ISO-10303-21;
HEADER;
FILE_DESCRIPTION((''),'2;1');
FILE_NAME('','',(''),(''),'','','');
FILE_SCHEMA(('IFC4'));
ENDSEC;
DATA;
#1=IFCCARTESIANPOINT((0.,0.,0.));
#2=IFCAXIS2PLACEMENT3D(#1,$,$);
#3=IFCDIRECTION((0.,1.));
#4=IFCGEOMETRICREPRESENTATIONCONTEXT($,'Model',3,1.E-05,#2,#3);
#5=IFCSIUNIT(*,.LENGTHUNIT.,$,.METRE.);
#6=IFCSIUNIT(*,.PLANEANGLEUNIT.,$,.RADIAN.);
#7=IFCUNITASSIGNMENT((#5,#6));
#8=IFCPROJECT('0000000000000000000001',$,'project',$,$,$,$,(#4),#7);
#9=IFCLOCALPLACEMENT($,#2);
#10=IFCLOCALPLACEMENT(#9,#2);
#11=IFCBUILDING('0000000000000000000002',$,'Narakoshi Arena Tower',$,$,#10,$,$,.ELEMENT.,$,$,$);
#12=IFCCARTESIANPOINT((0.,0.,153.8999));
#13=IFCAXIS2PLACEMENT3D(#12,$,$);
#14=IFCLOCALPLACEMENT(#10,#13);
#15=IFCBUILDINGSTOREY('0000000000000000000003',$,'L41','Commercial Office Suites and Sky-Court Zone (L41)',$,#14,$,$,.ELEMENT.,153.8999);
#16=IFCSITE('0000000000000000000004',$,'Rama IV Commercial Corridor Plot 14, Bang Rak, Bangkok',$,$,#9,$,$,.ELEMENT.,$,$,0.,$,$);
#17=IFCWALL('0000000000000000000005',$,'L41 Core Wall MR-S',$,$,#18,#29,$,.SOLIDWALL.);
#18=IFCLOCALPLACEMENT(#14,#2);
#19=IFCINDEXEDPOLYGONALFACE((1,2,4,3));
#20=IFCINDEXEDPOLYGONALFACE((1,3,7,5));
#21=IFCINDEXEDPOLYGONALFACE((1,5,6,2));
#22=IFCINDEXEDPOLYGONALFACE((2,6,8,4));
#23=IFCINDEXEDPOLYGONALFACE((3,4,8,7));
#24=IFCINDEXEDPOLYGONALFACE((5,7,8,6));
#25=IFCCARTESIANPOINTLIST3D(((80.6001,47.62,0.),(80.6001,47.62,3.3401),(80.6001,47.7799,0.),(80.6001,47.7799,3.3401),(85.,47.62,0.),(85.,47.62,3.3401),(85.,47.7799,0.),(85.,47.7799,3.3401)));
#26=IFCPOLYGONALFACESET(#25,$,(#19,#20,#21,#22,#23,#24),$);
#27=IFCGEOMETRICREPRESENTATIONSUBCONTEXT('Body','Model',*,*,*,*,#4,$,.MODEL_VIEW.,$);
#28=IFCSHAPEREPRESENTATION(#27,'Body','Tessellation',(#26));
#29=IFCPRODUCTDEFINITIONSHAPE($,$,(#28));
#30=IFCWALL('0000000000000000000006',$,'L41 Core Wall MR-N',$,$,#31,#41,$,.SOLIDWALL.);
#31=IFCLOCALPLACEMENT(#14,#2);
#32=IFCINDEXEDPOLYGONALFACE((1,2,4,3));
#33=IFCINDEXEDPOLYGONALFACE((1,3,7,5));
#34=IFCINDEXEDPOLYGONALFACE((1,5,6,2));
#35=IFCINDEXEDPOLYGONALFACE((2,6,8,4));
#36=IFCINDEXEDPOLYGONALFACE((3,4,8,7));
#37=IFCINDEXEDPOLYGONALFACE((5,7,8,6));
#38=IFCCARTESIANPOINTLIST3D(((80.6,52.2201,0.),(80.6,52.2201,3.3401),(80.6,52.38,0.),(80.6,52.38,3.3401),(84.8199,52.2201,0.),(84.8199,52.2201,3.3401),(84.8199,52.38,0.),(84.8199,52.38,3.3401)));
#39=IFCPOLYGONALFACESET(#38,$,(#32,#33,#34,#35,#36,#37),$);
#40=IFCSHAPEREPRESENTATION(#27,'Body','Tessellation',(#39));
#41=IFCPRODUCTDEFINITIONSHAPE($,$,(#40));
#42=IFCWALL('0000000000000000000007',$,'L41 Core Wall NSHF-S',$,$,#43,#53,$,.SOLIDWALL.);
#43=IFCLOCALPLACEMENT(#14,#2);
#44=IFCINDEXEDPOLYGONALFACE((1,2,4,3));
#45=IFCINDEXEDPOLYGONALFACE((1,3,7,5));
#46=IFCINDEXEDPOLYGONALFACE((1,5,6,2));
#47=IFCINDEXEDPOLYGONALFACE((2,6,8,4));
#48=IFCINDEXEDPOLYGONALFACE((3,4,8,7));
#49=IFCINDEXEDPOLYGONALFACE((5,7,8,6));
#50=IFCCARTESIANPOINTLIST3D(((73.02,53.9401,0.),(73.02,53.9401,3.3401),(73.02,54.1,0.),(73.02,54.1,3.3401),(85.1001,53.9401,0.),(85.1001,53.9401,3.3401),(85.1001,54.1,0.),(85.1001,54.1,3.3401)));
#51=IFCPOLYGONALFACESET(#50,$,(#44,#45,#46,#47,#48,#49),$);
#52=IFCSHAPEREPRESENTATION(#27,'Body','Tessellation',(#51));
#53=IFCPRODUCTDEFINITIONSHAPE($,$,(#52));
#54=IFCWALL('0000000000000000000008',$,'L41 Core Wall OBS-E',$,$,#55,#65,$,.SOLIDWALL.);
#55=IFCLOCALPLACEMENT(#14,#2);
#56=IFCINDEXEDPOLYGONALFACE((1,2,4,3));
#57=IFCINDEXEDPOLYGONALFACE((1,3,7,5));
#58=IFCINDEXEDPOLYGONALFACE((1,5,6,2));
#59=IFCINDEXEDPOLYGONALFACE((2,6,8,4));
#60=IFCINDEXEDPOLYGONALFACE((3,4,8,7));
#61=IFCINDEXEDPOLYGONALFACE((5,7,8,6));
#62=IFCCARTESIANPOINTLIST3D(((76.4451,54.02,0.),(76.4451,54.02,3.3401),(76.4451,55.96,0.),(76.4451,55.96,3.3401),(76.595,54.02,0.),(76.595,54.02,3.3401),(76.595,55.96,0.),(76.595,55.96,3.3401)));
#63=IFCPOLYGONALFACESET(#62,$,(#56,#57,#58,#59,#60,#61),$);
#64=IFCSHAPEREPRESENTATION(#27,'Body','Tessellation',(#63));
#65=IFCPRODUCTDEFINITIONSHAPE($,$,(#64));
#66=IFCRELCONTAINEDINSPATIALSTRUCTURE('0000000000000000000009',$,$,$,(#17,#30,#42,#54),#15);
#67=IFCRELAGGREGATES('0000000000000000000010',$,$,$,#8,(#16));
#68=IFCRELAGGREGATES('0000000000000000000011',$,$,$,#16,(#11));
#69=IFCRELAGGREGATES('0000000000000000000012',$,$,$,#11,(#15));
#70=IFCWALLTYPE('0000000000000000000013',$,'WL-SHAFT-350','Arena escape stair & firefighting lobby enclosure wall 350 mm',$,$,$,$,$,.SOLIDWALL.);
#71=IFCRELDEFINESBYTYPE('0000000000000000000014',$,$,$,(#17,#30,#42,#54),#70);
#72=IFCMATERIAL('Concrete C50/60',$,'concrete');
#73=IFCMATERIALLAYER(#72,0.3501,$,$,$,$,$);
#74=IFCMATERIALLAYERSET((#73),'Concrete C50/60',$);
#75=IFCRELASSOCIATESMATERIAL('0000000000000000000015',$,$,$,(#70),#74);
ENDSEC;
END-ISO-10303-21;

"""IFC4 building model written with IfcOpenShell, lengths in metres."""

from ifc_helpers import new_model, si_unit, direction, frame, frame_2d, origin, place, context, subcontext, project, spatial, rectangle, extrude, material, layer, layer_set, type_object, element, save


model = new_model("IFC4")

# Units and contexts
model_context = context("Model", 3, precision=1e-05, world=origin(), true_north=direction((0.0, 1.0)))
body_context = subcontext(model_context, "Body", "Model", "MODEL_VIEW")
ifc_project = project(units=[si_unit("LENGTHUNIT", "METRE"), si_unit("PLANEANGLEUNIT", "RADIAN")], contexts=[model_context])

# Site, building, storey
site_placement = place(None, origin())
site = spatial("IfcSite", under=ifc_project, at=site_placement, Name="Rama IV Commercial Corridor Plot 14, Bang Rak, Bangkok", CompositionType="ELEMENT", RefElevation=0.0)
building_placement = place(site_placement, origin())
building = spatial("IfcBuilding", under=site, at=building_placement, Name="Narakoshi Arena Tower", CompositionType="ELEMENT")
storey_placement = place(building_placement, frame((0.0, 0.0, 153.8999)))
storey = spatial("IfcBuildingStorey", under=building, at=storey_placement, Name="L41", Description="Commercial Office Suites and Sky-Court Zone (L41)", CompositionType="ELEMENT", Elevation=153.8999)

# Shared definitions
ifc_material_1 = material(Name="Concrete C50/60", Category="concrete")
ifc_layer_1 = layer(ifc_material_1, 0.3501)
ifc_layer_set_1 = layer_set([ifc_layer_1], Name="Concrete C50/60")
wall_type_1 = type_object("IfcWallType", Name="WL-SHAFT-350", Description="Arena escape stair & firefighting lobby enclosure wall 350 mm", PredefinedType="SOLIDWALL", material=ifc_layer_set_1)

# Walls
wall_1_placement = place(storey_placement, frame((80.6001, 47.7, 0.0), z_axis=(0.0, 0.0, 1.0), x_axis=(1.0, 0.0, 0.0)))
element("IfcWall", 1, at=wall_1_placement, inside=storey, type_object=wall_type_1, Name="L41 Core Wall MR-S", PredefinedType="SOLIDWALL", context=body_context, shape_type="SweptSolid", body=[
    extrude(rectangle(XDim=4.3999, YDim=0.1599, at=frame_2d((2.2, 0.0))), origin(), (0.0, 0.0, 1.0), 3.3401),
])
wall_2_placement = place(storey_placement, frame((80.6001, 52.3, 0.0), z_axis=(0.0, 0.0, 1.0), x_axis=(1.0, 0.0, 0.0)))
element("IfcWall", 2, at=wall_2_placement, inside=storey, type_object=wall_type_1, Name="L41 Core Wall MR-N", PredefinedType="SOLIDWALL", context=body_context, shape_type="SweptSolid", body=[
    extrude(rectangle(XDim=4.22, YDim=0.1599, at=frame_2d((2.1099, 0.0))), origin(), (0.0, 0.0, 1.0), 3.3401),
])
wall_3_placement = place(storey_placement, frame((73.02, 54.02, 0.0), z_axis=(0.0, 0.0, 1.0), x_axis=(1.0, 0.0, 0.0)))
element("IfcWall", 3, at=wall_3_placement, inside=storey, type_object=wall_type_1, Name="L41 Core Wall NSHF-S", PredefinedType="SOLIDWALL", context=body_context, shape_type="SweptSolid", body=[
    extrude(rectangle(XDim=12.0801, YDim=0.1599, at=frame_2d((6.04, 0.0))), origin(), (0.0, 0.0, 1.0), 3.3401),
])
wall_4_placement = place(storey_placement, frame((76.52, 54.02, 0.0), z_axis=(0.0, 0.0, 1.0), x_axis=(0.0, 1.0, 0.0)))
element("IfcWall", 4, at=wall_4_placement, inside=storey, type_object=wall_type_1, Name="L41 Core Wall OBS-E", PredefinedType="SOLIDWALL", context=body_context, shape_type="SweptSolid", body=[
    extrude(rectangle(XDim=1.9399, YDim=0.1499, at=frame_2d((0.97, 0.0))), origin(), (0.0, 0.0, 1.0), 3.3401),
])

save(model, "model.ifc")
